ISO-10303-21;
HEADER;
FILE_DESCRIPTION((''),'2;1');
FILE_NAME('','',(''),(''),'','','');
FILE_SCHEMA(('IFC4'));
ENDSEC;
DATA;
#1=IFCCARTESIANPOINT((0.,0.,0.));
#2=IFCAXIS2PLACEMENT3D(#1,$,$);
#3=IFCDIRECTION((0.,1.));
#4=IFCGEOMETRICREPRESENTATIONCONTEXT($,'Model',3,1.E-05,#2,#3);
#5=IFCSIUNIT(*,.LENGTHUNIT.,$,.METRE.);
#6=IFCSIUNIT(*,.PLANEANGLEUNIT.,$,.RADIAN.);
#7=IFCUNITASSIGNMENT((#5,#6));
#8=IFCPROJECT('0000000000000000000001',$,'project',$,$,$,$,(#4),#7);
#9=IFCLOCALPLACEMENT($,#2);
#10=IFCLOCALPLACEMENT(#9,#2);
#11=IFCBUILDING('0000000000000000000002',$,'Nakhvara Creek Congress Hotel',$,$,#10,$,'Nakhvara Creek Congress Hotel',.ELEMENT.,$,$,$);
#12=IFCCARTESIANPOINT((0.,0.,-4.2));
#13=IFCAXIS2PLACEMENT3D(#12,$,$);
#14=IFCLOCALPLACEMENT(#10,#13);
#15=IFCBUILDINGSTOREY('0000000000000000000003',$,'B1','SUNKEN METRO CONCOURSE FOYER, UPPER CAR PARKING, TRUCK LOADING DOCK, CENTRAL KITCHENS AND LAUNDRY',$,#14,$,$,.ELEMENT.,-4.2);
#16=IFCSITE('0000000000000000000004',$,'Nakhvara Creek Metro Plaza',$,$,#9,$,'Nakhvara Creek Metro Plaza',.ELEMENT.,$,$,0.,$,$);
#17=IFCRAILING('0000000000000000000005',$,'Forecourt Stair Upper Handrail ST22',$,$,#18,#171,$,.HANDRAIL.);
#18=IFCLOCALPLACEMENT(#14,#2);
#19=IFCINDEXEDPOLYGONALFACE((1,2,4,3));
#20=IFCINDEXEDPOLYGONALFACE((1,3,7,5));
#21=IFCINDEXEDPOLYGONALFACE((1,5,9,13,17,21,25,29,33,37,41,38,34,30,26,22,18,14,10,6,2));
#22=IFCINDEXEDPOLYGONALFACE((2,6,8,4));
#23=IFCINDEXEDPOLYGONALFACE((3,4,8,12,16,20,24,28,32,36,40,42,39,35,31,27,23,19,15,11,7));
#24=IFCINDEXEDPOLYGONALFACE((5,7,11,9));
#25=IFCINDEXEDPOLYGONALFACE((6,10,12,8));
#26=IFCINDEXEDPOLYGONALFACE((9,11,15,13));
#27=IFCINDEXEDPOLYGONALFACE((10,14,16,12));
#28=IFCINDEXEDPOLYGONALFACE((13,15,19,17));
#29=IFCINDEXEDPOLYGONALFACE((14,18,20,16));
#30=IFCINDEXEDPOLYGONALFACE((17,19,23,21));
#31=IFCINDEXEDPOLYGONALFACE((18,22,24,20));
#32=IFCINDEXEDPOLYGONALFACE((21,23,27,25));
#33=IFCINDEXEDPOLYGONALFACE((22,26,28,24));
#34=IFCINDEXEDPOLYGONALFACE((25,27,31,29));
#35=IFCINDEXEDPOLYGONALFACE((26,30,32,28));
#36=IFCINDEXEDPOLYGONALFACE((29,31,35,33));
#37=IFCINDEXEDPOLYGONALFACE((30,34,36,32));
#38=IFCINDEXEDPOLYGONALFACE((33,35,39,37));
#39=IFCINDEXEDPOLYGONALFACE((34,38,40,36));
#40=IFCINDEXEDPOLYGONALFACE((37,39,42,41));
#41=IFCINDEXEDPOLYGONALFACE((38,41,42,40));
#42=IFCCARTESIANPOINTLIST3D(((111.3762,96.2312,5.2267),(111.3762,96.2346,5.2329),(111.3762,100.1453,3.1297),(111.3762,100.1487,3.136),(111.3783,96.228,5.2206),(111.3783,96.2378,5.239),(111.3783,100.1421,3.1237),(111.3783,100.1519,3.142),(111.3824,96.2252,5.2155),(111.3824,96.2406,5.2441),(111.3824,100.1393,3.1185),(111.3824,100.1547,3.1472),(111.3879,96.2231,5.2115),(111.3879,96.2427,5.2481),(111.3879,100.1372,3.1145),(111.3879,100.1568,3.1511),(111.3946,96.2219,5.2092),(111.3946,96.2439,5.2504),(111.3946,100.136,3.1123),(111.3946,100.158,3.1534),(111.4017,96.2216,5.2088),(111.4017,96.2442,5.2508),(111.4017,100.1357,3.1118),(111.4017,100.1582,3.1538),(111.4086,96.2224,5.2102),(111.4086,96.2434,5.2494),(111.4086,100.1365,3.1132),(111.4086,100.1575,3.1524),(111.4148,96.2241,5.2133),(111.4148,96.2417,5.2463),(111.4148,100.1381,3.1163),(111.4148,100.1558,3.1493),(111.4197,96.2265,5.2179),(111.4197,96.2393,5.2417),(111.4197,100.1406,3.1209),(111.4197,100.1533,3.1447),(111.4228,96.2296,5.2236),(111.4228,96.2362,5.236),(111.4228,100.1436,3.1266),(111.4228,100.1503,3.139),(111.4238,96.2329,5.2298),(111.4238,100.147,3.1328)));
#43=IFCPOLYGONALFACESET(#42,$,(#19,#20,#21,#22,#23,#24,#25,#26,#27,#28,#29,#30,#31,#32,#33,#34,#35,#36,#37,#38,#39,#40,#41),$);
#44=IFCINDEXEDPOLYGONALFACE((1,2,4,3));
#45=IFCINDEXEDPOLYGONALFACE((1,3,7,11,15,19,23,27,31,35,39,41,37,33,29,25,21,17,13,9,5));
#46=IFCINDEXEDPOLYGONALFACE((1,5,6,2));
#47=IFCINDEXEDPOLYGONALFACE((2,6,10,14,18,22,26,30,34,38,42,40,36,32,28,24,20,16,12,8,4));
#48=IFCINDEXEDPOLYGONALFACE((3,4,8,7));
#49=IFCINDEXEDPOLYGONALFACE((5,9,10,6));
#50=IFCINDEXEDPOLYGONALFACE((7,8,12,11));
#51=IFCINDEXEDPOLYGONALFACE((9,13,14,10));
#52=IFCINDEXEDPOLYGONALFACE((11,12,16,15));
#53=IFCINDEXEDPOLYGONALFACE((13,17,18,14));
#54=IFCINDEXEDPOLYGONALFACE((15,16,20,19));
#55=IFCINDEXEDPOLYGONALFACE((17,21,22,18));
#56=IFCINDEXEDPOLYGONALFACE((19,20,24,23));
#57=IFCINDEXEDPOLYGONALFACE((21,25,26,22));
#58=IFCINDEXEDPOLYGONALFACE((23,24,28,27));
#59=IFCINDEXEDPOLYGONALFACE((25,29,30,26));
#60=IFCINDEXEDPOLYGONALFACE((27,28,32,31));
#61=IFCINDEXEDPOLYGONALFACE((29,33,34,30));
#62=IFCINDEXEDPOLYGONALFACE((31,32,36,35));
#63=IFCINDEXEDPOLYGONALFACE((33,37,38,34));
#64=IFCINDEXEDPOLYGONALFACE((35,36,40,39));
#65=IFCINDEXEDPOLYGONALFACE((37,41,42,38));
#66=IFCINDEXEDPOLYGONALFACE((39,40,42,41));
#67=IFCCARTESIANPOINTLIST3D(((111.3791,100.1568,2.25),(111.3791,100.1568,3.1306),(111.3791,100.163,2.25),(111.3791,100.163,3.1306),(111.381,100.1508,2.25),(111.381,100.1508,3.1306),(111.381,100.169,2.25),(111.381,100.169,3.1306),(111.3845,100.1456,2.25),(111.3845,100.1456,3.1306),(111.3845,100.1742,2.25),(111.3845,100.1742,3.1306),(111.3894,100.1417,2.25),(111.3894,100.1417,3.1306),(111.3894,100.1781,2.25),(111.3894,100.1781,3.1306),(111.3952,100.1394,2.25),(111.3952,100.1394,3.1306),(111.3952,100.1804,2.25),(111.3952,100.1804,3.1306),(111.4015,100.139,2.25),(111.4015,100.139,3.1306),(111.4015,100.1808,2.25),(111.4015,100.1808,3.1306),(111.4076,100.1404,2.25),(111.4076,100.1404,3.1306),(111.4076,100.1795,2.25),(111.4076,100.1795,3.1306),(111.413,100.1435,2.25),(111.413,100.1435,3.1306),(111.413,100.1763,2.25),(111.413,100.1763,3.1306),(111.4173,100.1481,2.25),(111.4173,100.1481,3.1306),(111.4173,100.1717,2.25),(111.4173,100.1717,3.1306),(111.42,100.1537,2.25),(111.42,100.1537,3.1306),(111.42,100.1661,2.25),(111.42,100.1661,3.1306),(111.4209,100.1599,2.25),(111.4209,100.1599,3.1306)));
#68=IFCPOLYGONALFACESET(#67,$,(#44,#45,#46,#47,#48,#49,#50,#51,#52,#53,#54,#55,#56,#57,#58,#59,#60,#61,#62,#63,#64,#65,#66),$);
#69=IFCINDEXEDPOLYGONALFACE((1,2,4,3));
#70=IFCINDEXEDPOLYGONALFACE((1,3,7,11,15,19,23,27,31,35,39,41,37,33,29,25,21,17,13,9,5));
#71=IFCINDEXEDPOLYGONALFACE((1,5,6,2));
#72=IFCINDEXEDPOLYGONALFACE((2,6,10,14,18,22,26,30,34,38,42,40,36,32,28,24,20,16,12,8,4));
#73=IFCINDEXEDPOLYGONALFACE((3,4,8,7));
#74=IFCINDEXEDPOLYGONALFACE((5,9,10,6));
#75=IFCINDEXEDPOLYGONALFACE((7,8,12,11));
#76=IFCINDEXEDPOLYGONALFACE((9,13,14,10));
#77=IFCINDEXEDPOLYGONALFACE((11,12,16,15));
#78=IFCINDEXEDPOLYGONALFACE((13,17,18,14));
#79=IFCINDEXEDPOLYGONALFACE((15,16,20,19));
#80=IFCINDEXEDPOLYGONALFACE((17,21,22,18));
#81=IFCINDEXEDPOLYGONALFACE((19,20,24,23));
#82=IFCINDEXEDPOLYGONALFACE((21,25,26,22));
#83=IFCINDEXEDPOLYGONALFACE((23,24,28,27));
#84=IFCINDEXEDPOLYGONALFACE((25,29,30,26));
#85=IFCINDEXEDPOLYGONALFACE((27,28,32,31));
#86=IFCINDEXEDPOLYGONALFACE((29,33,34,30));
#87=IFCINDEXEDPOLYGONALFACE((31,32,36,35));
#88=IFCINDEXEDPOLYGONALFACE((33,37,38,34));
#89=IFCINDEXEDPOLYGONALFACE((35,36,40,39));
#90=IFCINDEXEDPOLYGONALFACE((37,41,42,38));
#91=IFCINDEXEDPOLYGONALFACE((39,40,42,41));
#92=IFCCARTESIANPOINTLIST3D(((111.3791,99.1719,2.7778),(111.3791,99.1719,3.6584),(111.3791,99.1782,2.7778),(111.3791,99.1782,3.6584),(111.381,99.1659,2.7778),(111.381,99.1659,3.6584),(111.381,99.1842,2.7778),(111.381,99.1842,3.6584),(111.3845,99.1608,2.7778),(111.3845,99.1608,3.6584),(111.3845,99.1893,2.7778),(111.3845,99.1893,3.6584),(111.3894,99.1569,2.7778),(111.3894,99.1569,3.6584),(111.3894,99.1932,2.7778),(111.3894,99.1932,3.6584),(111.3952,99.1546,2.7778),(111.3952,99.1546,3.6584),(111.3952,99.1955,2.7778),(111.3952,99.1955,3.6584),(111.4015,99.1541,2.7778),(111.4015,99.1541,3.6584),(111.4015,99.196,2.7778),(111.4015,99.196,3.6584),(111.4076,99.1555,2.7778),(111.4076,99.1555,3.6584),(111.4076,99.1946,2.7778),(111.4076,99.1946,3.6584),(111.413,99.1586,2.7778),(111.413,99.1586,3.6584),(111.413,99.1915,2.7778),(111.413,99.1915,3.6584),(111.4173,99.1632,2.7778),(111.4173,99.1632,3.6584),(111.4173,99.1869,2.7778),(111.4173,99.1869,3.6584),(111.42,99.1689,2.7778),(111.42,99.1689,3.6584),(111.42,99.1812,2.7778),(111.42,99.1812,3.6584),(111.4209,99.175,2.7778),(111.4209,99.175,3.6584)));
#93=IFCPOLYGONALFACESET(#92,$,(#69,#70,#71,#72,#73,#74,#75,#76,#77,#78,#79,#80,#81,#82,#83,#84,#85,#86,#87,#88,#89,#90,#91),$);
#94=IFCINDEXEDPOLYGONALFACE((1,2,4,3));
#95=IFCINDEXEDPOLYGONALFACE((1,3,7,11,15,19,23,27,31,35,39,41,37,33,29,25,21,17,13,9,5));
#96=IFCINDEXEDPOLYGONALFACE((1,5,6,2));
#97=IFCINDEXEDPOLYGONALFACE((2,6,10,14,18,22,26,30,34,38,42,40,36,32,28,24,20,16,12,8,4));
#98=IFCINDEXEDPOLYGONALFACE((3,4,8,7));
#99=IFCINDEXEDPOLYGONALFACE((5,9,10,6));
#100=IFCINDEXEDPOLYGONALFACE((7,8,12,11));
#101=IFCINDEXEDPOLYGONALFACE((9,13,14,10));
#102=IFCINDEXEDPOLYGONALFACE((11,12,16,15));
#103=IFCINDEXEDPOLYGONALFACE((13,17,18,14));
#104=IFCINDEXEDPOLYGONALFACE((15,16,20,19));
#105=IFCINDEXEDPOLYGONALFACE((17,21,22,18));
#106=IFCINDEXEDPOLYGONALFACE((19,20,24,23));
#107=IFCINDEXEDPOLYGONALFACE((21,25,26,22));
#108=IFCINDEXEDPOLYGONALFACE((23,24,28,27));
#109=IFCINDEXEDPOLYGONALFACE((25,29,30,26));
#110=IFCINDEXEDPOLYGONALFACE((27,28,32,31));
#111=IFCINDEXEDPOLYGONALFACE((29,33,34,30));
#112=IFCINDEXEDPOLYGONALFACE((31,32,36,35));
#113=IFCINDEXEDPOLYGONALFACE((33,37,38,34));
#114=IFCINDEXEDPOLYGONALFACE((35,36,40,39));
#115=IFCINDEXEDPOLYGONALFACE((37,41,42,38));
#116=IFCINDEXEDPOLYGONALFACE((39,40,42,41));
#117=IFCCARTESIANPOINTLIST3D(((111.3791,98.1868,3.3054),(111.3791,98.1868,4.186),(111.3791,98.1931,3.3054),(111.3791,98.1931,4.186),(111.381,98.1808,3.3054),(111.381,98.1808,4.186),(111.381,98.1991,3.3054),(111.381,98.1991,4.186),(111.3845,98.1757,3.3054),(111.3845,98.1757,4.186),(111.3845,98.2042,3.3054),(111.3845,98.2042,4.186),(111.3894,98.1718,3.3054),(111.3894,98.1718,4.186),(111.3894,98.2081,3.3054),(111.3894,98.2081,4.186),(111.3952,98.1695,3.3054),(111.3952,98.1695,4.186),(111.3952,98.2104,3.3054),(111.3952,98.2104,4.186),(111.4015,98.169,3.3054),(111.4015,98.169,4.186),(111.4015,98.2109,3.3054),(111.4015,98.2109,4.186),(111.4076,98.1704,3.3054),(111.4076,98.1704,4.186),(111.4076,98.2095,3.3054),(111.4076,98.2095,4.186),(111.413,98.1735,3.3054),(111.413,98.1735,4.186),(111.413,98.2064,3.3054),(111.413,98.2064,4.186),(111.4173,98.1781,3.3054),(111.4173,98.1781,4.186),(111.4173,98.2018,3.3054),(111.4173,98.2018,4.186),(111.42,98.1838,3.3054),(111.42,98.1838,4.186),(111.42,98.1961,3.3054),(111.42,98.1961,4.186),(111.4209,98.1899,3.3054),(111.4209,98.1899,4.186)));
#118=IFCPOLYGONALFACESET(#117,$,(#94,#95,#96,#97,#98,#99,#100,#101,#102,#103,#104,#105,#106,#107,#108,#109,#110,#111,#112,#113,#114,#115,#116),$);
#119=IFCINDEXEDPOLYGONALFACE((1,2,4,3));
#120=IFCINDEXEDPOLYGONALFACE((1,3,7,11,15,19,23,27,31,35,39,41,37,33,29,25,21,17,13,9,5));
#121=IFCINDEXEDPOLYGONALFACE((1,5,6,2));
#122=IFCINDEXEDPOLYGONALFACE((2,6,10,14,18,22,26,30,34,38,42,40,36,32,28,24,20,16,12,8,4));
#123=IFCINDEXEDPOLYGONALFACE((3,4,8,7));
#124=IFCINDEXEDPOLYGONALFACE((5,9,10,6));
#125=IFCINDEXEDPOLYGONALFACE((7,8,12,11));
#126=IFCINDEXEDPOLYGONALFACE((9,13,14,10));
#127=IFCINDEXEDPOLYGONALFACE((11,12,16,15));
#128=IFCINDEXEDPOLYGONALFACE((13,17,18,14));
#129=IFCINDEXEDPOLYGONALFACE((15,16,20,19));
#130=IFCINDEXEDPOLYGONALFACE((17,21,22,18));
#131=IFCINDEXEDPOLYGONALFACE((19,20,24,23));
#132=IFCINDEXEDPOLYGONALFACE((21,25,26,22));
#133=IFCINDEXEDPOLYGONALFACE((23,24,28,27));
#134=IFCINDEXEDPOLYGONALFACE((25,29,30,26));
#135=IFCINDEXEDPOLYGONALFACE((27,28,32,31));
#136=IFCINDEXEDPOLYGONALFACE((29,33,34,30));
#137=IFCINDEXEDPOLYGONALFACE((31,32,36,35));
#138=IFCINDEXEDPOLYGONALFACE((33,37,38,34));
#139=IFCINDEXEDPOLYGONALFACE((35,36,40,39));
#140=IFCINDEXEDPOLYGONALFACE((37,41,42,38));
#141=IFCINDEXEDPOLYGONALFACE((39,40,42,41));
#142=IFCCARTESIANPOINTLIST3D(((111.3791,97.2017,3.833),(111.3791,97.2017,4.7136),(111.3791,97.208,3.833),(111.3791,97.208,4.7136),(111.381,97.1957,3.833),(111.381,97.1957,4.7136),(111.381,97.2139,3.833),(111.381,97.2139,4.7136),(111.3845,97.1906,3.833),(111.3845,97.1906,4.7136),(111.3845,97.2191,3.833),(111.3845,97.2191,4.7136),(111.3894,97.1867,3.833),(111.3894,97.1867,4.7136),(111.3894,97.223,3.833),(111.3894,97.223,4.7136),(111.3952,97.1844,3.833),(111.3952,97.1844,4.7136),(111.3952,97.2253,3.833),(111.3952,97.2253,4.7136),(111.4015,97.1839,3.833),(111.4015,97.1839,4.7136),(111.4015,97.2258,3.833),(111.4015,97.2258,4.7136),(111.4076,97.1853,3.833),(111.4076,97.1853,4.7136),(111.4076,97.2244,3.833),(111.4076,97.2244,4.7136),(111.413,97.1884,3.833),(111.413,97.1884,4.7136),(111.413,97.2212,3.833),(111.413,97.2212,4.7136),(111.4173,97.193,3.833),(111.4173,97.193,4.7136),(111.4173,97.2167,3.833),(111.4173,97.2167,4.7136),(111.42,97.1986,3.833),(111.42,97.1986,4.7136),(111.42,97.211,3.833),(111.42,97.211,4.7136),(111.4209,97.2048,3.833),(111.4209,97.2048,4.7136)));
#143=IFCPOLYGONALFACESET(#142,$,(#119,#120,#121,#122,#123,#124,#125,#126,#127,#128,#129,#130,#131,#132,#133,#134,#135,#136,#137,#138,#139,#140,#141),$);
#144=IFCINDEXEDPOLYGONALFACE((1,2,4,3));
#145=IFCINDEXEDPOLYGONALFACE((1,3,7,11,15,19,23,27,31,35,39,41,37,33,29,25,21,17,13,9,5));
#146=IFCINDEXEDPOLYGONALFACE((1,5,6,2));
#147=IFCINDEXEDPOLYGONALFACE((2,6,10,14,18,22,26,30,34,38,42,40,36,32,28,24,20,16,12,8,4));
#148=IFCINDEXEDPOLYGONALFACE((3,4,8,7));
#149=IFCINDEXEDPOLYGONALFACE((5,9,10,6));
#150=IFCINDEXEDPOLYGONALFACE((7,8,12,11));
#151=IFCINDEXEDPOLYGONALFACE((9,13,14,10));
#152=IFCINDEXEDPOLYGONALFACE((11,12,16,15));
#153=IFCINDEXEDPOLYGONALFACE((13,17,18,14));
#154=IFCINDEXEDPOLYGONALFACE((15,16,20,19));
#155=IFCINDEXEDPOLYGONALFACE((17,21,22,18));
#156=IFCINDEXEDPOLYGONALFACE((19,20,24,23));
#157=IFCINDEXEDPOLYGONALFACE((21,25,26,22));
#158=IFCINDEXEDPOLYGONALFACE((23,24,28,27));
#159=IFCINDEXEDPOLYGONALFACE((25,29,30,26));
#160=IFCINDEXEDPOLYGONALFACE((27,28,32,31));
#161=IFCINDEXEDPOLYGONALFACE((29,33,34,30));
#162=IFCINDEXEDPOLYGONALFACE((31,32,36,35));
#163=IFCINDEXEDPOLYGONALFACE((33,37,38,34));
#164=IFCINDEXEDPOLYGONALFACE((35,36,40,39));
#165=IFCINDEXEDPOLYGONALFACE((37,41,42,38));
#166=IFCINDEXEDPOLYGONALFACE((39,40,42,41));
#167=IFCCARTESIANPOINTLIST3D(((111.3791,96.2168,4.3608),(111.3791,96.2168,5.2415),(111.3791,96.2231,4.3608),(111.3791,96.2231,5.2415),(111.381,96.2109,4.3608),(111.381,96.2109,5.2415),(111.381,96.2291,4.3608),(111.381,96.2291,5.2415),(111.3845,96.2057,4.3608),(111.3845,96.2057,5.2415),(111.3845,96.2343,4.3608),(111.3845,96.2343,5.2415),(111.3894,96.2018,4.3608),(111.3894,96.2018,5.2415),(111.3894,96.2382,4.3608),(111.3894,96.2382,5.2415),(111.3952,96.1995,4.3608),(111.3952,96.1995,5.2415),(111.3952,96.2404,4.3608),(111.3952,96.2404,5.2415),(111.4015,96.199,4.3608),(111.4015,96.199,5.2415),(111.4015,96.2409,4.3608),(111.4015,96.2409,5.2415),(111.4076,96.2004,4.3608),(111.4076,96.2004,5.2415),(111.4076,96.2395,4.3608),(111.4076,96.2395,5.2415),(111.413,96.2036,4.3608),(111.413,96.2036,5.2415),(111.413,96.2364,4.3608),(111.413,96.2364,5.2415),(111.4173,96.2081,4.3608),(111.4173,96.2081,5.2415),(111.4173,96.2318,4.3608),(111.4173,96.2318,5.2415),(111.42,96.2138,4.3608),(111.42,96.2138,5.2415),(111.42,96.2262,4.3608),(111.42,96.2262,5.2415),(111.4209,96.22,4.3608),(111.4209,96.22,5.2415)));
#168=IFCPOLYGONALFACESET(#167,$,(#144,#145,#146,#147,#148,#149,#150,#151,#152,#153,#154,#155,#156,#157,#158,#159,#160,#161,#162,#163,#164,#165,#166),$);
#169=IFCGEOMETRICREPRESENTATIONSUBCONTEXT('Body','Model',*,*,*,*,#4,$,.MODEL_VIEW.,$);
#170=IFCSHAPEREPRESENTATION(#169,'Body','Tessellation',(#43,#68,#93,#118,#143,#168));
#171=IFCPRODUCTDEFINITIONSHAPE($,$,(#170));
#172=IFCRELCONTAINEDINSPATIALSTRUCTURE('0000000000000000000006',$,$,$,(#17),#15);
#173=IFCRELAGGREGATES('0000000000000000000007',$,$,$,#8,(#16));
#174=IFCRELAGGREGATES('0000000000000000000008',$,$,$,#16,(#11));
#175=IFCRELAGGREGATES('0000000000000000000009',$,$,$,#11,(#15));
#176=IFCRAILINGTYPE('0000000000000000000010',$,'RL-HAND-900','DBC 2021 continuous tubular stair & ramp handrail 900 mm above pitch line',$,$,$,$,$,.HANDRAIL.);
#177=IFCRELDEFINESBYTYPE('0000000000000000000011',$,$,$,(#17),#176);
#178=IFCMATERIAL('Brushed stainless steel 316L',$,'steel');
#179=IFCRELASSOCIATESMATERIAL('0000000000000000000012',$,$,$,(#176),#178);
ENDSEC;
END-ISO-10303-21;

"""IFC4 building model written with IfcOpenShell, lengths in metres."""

from ifc_helpers import new_model, si_unit, direction, frame, origin, origin_2d, place, context, subcontext, project, spatial, circle, extrude, material, type_object, element, save


model = new_model("IFC4")

# Units and contexts
model_context = context("Model", 3, precision=1e-05, world=origin(), true_north=direction((0.0, 1.0)))
body_context = subcontext(model_context, "Body", "Model", "MODEL_VIEW")
ifc_project = project(units=[si_unit("LENGTHUNIT", "METRE"), si_unit("PLANEANGLEUNIT", "RADIAN")], contexts=[model_context])

# Site, building, storey
site_placement = place(None, origin())
site = spatial("IfcSite", under=ifc_project, at=site_placement, Name="Nakhvara Creek Metro Plaza", LongName="Nakhvara Creek Metro Plaza", CompositionType="ELEMENT", RefElevation=0.0)
building_placement = place(site_placement, origin())
building = spatial("IfcBuilding", under=site, at=building_placement, Name="Nakhvara Creek Congress Hotel", LongName="Nakhvara Creek Congress Hotel", CompositionType="ELEMENT")
storey_placement = place(building_placement, frame((0.0, 0.0, -4.2)))
storey = spatial("IfcBuildingStorey", under=building, at=storey_placement, Name="B1", Description="SUNKEN METRO CONCOURSE FOYER, UPPER CAR PARKING, TRUCK LOADING DOCK, CENTRAL KITCHENS AND LAUNDRY", CompositionType="ELEMENT", Elevation=-4.2)

# Railing
ifc_material_1 = material(Name="Brushed stainless steel 316L", Category="steel")
railing_type_1 = type_object("IfcRailingType", Name="RL-HAND-900", Description="DBC 2021 continuous tubular stair & ramp handrail 900 mm above pitch line", PredefinedType="HANDRAIL", material=ifc_material_1)
railing_1_placement = place(storey_placement, frame((111.3999, 100.1599, 2.25)))
element("IfcRailing", 1, at=railing_1_placement, inside=storey, type_object=railing_type_1, Name="Forecourt Stair Upper Handrail ST22", PredefinedType="HANDRAIL", context=body_context, shape_type="SweptSolid", body=[
    extrude(circle(Radius=0.0239, at=origin_2d()), frame((0.0, -0.0129, 0.8828), z_axis=(0.0, -0.881465, 0.472249), x_axis=(1.0, 0.0, 0.0)), (0.0, 0.0, 1.0), 4.4404),
    extrude(circle(Radius=0.021, at=origin_2d()), origin(), (0.0, 0.0, 1.0), 0.8806),
    extrude(circle(Radius=0.021, at=origin_2d()), frame((0.0, -0.9849, 0.5278)), (0.0, 0.0, 1.0), 0.8806),
    extrude(circle(Radius=0.021, at=origin_2d()), frame((0.0, -1.97, 1.0554)), (0.0, 0.0, 1.0), 0.8806),
    extrude(circle(Radius=0.021, at=origin_2d()), frame((0.0, -2.9551, 1.583)), (0.0, 0.0, 1.0), 0.8806),
    extrude(circle(Radius=0.021, at=origin_2d()), frame((0.0, -3.9399, 2.1108)), (0.0, 0.0, 1.0), 0.8806),
])

save(model, "model.ifc")
